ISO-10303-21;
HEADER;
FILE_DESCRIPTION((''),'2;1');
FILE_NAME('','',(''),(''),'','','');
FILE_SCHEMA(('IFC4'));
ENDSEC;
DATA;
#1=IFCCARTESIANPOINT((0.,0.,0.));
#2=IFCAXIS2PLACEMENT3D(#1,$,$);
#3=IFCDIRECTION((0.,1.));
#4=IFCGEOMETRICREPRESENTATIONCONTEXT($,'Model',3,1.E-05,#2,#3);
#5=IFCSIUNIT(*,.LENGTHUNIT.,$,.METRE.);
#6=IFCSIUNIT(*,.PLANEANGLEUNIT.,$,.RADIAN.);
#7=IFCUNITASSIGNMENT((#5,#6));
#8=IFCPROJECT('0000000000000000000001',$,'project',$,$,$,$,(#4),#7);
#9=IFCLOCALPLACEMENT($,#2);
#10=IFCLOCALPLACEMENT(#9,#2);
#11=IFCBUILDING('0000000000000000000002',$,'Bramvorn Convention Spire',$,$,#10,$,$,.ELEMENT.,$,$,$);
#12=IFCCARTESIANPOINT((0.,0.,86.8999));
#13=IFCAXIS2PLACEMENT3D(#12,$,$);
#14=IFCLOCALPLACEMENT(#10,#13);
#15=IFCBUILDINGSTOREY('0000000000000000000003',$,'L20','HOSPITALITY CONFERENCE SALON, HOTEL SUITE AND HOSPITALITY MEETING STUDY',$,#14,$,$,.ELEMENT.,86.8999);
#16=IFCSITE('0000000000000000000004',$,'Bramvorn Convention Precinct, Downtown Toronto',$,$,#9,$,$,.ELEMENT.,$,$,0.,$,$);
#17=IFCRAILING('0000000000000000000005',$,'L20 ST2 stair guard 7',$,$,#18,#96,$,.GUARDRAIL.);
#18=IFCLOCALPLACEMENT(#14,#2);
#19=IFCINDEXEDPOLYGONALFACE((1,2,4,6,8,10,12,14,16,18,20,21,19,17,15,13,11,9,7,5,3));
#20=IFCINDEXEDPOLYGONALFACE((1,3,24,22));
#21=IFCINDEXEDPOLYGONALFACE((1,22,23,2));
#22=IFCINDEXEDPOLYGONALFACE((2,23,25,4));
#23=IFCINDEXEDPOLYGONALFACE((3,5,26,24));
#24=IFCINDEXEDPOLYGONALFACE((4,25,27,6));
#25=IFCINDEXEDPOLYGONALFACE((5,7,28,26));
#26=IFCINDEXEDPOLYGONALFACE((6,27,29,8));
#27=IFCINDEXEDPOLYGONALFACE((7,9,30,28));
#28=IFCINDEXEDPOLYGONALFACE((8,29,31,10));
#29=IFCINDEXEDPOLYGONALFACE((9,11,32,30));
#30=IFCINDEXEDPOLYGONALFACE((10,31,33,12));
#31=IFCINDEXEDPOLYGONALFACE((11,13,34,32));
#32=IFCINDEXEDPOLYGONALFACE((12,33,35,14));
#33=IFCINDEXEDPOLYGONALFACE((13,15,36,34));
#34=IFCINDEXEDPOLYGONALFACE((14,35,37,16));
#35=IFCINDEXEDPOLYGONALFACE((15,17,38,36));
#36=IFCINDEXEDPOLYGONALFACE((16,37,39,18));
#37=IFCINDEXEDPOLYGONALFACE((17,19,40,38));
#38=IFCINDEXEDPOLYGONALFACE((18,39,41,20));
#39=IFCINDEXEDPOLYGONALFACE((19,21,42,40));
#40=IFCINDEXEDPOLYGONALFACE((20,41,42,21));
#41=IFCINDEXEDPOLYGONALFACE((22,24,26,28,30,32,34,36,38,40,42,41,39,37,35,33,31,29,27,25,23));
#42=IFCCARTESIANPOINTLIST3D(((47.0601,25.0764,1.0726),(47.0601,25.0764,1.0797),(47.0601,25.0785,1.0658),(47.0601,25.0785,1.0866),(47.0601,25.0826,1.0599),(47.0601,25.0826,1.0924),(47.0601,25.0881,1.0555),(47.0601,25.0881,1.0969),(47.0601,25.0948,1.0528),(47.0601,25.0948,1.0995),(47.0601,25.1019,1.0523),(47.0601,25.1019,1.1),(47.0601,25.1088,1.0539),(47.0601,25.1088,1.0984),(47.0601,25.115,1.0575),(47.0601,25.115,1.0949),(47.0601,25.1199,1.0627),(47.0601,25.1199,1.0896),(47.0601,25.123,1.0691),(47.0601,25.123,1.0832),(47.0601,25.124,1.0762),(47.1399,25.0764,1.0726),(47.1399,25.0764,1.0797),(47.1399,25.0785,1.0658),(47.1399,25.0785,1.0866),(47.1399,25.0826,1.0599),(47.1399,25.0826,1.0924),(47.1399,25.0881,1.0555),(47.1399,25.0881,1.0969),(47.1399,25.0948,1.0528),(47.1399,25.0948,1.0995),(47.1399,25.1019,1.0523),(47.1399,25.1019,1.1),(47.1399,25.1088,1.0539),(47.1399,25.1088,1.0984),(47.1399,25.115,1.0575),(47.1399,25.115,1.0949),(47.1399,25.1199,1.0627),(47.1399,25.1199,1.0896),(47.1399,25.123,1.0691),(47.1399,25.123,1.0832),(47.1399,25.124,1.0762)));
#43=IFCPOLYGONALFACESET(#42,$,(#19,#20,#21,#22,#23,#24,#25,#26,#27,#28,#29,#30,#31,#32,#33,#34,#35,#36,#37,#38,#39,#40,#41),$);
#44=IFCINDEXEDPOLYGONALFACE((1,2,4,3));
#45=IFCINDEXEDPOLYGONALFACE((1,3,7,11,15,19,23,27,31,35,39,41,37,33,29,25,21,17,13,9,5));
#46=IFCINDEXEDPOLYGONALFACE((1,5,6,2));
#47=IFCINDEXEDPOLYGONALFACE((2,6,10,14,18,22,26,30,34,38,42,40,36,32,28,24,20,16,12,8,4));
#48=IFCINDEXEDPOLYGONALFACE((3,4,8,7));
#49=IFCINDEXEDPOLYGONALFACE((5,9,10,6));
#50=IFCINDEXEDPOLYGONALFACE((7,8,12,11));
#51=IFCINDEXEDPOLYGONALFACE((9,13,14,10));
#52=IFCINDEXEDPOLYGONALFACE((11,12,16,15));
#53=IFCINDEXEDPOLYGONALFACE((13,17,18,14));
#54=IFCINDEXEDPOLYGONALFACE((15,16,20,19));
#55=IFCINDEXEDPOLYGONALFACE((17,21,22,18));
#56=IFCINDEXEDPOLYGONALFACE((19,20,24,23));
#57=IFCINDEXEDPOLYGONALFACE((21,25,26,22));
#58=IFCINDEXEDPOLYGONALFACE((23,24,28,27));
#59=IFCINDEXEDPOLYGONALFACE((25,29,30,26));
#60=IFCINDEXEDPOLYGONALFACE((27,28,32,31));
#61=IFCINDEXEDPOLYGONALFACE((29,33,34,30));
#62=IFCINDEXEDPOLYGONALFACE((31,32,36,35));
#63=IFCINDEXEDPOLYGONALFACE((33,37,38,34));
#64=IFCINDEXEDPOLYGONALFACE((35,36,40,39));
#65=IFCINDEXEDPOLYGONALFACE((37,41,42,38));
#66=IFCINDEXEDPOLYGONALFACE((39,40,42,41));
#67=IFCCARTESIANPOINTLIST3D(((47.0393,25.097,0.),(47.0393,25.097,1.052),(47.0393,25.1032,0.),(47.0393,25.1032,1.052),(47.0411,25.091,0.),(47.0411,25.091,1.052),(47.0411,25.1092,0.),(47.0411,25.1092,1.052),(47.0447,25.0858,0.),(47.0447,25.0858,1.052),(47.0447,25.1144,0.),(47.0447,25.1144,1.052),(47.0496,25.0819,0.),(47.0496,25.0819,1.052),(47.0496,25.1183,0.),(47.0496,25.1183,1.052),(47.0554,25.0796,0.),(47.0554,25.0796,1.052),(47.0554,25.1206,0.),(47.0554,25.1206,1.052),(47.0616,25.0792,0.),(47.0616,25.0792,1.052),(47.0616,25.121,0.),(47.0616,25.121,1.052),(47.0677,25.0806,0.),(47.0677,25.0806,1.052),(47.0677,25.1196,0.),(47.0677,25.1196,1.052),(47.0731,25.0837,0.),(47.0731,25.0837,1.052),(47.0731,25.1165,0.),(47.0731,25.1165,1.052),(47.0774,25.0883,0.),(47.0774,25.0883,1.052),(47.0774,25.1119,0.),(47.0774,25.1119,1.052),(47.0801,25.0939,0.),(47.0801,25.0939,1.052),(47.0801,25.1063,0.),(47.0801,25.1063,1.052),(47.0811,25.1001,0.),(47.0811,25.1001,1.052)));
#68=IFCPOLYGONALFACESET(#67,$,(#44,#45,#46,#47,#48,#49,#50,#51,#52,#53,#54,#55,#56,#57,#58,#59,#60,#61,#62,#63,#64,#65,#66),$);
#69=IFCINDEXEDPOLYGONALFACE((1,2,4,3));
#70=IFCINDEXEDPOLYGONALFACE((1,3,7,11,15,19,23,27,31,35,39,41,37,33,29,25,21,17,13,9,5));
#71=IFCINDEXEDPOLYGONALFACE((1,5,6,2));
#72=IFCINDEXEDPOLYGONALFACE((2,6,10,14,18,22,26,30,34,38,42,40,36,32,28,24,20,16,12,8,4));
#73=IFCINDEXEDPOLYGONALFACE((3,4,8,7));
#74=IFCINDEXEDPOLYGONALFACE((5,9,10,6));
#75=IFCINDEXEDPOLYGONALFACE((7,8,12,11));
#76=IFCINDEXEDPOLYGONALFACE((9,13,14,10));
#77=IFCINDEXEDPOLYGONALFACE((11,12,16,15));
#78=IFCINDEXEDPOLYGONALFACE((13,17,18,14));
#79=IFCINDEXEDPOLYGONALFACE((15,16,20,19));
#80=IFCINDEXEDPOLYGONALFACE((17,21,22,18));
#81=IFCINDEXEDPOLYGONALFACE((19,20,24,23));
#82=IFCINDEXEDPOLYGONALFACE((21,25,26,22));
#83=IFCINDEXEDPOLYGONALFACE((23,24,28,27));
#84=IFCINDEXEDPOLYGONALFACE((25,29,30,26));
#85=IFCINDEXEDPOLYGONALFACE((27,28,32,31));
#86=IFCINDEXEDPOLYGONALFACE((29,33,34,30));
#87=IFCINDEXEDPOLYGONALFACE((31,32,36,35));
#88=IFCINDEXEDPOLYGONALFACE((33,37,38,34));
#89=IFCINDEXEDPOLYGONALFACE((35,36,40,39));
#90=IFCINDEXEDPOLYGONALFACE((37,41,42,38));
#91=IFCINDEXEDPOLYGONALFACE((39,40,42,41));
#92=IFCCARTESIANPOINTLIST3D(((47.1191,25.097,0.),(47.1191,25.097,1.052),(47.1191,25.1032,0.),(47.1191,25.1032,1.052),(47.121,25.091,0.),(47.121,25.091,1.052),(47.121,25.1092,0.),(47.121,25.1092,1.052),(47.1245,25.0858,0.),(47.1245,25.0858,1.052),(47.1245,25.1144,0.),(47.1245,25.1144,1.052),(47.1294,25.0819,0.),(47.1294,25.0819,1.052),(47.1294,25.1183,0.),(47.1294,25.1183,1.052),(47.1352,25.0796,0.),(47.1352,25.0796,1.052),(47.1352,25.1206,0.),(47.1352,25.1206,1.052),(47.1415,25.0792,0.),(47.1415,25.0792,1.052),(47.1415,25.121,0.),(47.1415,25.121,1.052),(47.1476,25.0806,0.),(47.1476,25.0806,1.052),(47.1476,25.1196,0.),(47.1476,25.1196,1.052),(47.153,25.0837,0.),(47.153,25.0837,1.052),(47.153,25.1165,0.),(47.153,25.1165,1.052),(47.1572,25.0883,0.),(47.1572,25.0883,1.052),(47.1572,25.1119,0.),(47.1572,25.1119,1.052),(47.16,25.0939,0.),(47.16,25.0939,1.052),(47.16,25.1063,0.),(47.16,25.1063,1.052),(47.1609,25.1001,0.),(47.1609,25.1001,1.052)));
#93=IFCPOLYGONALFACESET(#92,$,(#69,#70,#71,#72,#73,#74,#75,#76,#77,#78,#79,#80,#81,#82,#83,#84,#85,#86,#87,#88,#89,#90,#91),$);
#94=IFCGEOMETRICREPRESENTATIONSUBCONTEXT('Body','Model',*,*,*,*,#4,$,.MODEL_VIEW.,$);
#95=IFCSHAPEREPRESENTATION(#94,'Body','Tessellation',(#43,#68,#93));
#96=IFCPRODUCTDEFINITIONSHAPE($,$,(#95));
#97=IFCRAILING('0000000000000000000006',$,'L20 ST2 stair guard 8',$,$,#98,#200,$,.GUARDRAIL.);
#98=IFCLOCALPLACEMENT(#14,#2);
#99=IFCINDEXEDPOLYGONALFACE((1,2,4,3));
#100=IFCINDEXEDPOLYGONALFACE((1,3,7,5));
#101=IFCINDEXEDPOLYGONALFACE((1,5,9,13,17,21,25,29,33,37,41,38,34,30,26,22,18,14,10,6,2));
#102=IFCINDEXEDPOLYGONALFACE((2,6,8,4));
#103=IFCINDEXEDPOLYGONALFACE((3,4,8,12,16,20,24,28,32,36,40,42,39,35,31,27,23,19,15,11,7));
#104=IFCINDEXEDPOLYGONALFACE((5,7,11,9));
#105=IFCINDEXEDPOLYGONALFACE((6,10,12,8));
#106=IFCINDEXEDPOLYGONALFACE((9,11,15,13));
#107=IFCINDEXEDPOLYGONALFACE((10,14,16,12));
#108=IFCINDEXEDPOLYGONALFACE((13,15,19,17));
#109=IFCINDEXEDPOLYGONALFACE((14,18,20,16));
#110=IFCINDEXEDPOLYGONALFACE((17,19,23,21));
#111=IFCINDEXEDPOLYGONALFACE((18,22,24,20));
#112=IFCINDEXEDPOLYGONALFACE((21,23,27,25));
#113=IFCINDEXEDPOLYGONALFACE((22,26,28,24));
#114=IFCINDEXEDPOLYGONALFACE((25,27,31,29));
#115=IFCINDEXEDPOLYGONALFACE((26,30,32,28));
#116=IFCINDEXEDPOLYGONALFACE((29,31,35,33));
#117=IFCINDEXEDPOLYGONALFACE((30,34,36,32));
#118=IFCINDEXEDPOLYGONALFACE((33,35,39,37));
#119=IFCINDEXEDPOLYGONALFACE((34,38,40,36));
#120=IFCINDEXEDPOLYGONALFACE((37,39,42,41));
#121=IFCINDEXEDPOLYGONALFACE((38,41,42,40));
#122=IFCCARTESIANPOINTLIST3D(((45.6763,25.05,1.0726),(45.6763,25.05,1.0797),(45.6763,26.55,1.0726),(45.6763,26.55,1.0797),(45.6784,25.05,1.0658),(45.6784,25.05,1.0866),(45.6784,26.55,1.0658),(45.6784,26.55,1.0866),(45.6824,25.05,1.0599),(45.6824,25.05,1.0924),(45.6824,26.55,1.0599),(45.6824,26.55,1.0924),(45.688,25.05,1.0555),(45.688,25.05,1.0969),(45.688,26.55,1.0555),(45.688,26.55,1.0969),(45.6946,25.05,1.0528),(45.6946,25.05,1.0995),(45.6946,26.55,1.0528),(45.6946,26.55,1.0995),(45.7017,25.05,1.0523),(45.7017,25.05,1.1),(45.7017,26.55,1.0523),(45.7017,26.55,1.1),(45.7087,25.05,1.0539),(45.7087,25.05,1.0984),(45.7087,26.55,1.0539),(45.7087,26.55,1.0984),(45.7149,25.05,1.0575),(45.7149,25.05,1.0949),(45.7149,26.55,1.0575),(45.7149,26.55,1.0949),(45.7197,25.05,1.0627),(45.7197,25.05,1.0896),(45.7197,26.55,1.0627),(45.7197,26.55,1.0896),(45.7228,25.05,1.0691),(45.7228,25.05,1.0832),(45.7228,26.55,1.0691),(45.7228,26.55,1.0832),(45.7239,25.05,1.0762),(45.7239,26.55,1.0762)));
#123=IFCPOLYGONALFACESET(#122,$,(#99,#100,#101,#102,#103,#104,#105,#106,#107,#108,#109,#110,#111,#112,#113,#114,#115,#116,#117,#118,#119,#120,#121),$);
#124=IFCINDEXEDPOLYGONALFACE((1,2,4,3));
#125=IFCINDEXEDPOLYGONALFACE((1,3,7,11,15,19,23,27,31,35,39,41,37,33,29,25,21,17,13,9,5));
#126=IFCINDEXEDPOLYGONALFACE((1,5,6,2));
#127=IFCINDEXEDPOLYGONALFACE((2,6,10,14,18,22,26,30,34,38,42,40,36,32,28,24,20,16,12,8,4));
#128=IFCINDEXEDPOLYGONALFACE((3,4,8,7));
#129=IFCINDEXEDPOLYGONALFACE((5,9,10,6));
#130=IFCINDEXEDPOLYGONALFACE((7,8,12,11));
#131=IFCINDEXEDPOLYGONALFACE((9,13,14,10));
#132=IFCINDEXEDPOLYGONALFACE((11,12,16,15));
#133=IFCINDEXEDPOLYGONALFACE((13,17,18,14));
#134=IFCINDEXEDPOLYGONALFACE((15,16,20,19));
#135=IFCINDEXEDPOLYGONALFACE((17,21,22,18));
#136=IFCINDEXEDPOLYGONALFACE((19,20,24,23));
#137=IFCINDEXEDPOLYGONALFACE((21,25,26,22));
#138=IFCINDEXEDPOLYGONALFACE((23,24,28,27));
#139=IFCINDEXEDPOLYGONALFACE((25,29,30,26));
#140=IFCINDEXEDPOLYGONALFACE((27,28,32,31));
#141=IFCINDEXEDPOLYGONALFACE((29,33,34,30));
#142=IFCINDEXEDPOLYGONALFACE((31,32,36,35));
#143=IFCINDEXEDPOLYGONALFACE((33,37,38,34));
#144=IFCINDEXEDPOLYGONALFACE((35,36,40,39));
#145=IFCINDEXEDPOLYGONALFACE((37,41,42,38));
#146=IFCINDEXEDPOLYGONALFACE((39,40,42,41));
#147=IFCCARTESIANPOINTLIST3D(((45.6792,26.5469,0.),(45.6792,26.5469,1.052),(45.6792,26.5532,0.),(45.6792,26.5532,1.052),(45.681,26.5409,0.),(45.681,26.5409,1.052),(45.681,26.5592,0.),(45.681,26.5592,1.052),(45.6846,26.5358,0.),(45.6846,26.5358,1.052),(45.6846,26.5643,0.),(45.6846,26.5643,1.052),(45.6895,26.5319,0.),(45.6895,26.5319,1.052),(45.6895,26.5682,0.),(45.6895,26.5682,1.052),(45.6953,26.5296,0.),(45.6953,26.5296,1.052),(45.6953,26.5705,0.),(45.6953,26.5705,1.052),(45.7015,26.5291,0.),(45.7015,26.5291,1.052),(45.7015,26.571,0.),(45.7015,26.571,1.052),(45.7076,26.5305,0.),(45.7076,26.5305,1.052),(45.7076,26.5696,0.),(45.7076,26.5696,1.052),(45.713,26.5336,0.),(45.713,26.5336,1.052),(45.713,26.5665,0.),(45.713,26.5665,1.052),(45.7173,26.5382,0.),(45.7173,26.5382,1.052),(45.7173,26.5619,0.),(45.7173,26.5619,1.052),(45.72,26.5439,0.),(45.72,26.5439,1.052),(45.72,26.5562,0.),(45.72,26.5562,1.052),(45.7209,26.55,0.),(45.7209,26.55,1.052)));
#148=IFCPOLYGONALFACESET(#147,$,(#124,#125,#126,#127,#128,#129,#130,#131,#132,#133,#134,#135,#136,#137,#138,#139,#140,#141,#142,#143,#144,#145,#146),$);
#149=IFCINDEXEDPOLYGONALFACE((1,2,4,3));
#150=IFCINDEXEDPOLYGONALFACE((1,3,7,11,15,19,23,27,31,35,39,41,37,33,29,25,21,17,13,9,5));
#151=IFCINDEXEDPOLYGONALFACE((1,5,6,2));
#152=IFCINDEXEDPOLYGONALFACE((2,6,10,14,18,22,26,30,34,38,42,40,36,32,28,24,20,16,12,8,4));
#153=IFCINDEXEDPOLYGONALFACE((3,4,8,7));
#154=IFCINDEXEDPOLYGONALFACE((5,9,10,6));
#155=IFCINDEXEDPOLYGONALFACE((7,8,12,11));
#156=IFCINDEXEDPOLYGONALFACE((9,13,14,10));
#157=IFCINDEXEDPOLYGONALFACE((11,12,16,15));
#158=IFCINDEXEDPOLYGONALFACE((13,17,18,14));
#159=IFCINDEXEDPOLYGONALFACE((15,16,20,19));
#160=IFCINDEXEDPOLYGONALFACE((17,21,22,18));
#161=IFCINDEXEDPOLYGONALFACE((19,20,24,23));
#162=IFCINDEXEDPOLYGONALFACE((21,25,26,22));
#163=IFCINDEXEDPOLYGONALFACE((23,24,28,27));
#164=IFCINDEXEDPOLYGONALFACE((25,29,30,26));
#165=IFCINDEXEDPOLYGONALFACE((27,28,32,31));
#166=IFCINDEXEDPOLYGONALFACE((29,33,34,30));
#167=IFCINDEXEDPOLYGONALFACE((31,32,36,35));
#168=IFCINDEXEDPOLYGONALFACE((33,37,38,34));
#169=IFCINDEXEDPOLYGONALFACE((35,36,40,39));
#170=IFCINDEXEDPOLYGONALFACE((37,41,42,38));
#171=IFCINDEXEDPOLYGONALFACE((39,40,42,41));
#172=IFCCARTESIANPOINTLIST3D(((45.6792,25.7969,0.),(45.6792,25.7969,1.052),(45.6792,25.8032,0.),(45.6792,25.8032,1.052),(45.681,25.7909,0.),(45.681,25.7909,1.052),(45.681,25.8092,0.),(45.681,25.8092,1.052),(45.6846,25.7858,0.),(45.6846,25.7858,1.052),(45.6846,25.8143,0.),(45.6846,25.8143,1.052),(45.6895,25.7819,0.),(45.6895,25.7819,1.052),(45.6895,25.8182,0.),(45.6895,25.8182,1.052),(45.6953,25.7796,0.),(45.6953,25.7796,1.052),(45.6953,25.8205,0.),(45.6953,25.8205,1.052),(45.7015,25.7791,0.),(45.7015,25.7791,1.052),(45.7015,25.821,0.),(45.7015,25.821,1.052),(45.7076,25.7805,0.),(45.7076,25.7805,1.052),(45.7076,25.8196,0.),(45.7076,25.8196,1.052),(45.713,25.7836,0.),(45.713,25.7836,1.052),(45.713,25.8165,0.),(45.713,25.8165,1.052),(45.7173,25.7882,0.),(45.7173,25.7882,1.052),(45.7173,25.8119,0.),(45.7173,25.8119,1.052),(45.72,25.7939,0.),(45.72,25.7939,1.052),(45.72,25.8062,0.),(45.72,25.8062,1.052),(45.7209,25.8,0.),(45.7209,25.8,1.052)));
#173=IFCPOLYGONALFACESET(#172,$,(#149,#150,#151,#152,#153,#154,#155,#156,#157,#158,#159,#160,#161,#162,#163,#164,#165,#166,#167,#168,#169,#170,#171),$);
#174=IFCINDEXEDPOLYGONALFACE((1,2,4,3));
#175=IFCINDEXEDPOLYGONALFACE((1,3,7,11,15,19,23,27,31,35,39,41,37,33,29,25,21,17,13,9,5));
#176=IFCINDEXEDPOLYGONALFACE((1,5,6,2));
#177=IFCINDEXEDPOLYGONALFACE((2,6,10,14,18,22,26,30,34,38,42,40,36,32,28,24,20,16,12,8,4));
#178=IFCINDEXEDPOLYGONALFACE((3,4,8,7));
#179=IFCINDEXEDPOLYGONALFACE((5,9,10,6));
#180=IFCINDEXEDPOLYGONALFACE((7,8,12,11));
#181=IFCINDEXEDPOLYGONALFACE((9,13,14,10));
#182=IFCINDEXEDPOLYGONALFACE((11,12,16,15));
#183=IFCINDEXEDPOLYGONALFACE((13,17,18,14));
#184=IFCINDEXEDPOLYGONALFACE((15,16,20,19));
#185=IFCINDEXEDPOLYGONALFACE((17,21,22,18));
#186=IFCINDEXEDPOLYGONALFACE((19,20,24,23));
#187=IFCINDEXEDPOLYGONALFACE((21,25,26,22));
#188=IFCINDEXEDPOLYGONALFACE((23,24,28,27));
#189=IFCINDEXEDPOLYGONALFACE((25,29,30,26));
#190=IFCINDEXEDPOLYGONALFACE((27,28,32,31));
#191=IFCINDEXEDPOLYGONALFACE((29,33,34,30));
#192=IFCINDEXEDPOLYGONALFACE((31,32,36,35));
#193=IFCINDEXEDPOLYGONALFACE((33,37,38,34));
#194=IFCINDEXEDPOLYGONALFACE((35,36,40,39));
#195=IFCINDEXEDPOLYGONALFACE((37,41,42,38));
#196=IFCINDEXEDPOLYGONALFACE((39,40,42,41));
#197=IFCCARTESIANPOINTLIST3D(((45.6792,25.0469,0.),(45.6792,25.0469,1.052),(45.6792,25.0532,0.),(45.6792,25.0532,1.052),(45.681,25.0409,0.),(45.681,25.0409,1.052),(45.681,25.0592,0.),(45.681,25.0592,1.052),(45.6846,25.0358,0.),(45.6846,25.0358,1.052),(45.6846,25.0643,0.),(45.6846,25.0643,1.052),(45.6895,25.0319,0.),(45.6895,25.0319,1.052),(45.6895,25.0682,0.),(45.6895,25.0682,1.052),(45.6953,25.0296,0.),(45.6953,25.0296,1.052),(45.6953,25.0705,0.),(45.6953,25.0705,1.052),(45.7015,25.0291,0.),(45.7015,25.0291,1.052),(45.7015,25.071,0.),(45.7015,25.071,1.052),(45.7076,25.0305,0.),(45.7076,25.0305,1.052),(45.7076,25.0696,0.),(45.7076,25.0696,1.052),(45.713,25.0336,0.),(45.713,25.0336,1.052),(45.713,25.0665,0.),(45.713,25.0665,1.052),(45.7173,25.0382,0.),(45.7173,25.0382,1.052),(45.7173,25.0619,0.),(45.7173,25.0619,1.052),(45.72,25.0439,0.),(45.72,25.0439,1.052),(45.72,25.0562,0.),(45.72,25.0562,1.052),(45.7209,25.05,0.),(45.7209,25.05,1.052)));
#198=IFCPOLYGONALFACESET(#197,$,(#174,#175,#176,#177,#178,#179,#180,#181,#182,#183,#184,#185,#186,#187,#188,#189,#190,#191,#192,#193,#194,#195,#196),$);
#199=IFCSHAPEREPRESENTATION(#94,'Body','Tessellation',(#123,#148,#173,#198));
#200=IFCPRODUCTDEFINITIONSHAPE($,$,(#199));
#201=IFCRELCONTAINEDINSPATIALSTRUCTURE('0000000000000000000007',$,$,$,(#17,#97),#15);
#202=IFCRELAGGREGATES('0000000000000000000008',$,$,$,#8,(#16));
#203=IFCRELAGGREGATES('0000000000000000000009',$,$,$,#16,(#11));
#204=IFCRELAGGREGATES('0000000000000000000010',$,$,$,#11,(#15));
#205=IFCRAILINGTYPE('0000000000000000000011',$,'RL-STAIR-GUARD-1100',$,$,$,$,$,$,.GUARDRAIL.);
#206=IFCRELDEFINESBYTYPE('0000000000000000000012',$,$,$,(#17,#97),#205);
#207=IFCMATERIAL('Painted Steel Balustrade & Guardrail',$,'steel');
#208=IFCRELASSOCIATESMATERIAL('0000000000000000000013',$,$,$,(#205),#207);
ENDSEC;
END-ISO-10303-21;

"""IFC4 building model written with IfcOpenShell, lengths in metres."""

from ifc_helpers import new_model, si_unit, direction, frame, origin, origin_2d, place, context, subcontext, project, spatial, circle, extrude, material, type_object, element, save


model = new_model("IFC4")

# Units and contexts
model_context = context("Model", 3, precision=1e-05, world=origin(), true_north=direction((0.0, 1.0)))
body_context = subcontext(model_context, "Body", "Model", "MODEL_VIEW")
ifc_project = project(units=[si_unit("LENGTHUNIT", "METRE"), si_unit("PLANEANGLEUNIT", "RADIAN")], contexts=[model_context])

# Site, building, storey
site_placement = place(None, origin())
site = spatial("IfcSite", under=ifc_project, at=site_placement, Name="Bramvorn Convention Precinct, Downtown Toronto", CompositionType="ELEMENT", RefElevation=0.0)
building_placement = place(site_placement, origin())
building = spatial("IfcBuilding", under=site, at=building_placement, Name="Bramvorn Convention Spire", CompositionType="ELEMENT")
storey_placement = place(building_placement, frame((0.0, 0.0, 86.8999)))
storey = spatial("IfcBuildingStorey", under=building, at=storey_placement, Name="L20", Description="HOSPITALITY CONFERENCE SALON, HOTEL SUITE AND HOSPITALITY MEETING STUDY", CompositionType="ELEMENT", Elevation=86.8999)

# Railings
ifc_material_1 = material(Name="Painted Steel Balustrade & Guardrail", Category="steel")
railing_type_1 = type_object("IfcRailingType", Name="RL-STAIR-GUARD-1100", PredefinedType="GUARDRAIL", material=ifc_material_1)
railing_1_placement = place(storey_placement, frame((47.0601, 25.1001, 0.0)))
element("IfcRailing", 1, at=railing_1_placement, inside=storey, type_object=railing_type_1, Name="L20 ST2 stair guard 7", PredefinedType="GUARDRAIL", context=body_context, shape_type="SweptSolid", body=[
    extrude(circle(Radius=0.0239, at=origin_2d()), frame((0.0, 0.0, 1.0762), z_axis=(1.0, 0.0, 0.0), x_axis=(0.0, 1.0, 0.0)), (0.0, 0.0, 1.0), 0.0798),
    extrude(circle(Radius=0.021, at=origin_2d()), origin(), (0.0, 0.0, 1.0), 1.052),
    extrude(circle(Radius=0.021, at=origin_2d()), frame((0.0798, 0.0, 0.0)), (0.0, 0.0, 1.0), 1.052),
])
railing_2_placement = place(storey_placement, frame((45.7, 26.55, 0.0)))
element("IfcRailing", 2, at=railing_2_placement, inside=storey, type_object=railing_type_1, Name="L20 ST2 stair guard 8", PredefinedType="GUARDRAIL", context=body_context, shape_type="SweptSolid", body=[
    extrude(circle(Radius=0.0239, at=origin_2d()), frame((0.0, 0.0, 1.0762), z_axis=(0.0, -1.0, 0.0), x_axis=(1.0, 0.0, 0.0)), (0.0, 0.0, 1.0), 1.5),
    extrude(circle(Radius=0.021, at=origin_2d()), origin(), (0.0, 0.0, 1.0), 1.052),
    extrude(circle(Radius=0.021, at=origin_2d()), frame((0.0, -0.75, 0.0)), (0.0, 0.0, 1.0), 1.052),
    extrude(circle(Radius=0.021, at=origin_2d()), frame((0.0, -1.5, 0.0)), (0.0, 0.0, 1.0), 1.052),
])

save(model, "model.ifc")
